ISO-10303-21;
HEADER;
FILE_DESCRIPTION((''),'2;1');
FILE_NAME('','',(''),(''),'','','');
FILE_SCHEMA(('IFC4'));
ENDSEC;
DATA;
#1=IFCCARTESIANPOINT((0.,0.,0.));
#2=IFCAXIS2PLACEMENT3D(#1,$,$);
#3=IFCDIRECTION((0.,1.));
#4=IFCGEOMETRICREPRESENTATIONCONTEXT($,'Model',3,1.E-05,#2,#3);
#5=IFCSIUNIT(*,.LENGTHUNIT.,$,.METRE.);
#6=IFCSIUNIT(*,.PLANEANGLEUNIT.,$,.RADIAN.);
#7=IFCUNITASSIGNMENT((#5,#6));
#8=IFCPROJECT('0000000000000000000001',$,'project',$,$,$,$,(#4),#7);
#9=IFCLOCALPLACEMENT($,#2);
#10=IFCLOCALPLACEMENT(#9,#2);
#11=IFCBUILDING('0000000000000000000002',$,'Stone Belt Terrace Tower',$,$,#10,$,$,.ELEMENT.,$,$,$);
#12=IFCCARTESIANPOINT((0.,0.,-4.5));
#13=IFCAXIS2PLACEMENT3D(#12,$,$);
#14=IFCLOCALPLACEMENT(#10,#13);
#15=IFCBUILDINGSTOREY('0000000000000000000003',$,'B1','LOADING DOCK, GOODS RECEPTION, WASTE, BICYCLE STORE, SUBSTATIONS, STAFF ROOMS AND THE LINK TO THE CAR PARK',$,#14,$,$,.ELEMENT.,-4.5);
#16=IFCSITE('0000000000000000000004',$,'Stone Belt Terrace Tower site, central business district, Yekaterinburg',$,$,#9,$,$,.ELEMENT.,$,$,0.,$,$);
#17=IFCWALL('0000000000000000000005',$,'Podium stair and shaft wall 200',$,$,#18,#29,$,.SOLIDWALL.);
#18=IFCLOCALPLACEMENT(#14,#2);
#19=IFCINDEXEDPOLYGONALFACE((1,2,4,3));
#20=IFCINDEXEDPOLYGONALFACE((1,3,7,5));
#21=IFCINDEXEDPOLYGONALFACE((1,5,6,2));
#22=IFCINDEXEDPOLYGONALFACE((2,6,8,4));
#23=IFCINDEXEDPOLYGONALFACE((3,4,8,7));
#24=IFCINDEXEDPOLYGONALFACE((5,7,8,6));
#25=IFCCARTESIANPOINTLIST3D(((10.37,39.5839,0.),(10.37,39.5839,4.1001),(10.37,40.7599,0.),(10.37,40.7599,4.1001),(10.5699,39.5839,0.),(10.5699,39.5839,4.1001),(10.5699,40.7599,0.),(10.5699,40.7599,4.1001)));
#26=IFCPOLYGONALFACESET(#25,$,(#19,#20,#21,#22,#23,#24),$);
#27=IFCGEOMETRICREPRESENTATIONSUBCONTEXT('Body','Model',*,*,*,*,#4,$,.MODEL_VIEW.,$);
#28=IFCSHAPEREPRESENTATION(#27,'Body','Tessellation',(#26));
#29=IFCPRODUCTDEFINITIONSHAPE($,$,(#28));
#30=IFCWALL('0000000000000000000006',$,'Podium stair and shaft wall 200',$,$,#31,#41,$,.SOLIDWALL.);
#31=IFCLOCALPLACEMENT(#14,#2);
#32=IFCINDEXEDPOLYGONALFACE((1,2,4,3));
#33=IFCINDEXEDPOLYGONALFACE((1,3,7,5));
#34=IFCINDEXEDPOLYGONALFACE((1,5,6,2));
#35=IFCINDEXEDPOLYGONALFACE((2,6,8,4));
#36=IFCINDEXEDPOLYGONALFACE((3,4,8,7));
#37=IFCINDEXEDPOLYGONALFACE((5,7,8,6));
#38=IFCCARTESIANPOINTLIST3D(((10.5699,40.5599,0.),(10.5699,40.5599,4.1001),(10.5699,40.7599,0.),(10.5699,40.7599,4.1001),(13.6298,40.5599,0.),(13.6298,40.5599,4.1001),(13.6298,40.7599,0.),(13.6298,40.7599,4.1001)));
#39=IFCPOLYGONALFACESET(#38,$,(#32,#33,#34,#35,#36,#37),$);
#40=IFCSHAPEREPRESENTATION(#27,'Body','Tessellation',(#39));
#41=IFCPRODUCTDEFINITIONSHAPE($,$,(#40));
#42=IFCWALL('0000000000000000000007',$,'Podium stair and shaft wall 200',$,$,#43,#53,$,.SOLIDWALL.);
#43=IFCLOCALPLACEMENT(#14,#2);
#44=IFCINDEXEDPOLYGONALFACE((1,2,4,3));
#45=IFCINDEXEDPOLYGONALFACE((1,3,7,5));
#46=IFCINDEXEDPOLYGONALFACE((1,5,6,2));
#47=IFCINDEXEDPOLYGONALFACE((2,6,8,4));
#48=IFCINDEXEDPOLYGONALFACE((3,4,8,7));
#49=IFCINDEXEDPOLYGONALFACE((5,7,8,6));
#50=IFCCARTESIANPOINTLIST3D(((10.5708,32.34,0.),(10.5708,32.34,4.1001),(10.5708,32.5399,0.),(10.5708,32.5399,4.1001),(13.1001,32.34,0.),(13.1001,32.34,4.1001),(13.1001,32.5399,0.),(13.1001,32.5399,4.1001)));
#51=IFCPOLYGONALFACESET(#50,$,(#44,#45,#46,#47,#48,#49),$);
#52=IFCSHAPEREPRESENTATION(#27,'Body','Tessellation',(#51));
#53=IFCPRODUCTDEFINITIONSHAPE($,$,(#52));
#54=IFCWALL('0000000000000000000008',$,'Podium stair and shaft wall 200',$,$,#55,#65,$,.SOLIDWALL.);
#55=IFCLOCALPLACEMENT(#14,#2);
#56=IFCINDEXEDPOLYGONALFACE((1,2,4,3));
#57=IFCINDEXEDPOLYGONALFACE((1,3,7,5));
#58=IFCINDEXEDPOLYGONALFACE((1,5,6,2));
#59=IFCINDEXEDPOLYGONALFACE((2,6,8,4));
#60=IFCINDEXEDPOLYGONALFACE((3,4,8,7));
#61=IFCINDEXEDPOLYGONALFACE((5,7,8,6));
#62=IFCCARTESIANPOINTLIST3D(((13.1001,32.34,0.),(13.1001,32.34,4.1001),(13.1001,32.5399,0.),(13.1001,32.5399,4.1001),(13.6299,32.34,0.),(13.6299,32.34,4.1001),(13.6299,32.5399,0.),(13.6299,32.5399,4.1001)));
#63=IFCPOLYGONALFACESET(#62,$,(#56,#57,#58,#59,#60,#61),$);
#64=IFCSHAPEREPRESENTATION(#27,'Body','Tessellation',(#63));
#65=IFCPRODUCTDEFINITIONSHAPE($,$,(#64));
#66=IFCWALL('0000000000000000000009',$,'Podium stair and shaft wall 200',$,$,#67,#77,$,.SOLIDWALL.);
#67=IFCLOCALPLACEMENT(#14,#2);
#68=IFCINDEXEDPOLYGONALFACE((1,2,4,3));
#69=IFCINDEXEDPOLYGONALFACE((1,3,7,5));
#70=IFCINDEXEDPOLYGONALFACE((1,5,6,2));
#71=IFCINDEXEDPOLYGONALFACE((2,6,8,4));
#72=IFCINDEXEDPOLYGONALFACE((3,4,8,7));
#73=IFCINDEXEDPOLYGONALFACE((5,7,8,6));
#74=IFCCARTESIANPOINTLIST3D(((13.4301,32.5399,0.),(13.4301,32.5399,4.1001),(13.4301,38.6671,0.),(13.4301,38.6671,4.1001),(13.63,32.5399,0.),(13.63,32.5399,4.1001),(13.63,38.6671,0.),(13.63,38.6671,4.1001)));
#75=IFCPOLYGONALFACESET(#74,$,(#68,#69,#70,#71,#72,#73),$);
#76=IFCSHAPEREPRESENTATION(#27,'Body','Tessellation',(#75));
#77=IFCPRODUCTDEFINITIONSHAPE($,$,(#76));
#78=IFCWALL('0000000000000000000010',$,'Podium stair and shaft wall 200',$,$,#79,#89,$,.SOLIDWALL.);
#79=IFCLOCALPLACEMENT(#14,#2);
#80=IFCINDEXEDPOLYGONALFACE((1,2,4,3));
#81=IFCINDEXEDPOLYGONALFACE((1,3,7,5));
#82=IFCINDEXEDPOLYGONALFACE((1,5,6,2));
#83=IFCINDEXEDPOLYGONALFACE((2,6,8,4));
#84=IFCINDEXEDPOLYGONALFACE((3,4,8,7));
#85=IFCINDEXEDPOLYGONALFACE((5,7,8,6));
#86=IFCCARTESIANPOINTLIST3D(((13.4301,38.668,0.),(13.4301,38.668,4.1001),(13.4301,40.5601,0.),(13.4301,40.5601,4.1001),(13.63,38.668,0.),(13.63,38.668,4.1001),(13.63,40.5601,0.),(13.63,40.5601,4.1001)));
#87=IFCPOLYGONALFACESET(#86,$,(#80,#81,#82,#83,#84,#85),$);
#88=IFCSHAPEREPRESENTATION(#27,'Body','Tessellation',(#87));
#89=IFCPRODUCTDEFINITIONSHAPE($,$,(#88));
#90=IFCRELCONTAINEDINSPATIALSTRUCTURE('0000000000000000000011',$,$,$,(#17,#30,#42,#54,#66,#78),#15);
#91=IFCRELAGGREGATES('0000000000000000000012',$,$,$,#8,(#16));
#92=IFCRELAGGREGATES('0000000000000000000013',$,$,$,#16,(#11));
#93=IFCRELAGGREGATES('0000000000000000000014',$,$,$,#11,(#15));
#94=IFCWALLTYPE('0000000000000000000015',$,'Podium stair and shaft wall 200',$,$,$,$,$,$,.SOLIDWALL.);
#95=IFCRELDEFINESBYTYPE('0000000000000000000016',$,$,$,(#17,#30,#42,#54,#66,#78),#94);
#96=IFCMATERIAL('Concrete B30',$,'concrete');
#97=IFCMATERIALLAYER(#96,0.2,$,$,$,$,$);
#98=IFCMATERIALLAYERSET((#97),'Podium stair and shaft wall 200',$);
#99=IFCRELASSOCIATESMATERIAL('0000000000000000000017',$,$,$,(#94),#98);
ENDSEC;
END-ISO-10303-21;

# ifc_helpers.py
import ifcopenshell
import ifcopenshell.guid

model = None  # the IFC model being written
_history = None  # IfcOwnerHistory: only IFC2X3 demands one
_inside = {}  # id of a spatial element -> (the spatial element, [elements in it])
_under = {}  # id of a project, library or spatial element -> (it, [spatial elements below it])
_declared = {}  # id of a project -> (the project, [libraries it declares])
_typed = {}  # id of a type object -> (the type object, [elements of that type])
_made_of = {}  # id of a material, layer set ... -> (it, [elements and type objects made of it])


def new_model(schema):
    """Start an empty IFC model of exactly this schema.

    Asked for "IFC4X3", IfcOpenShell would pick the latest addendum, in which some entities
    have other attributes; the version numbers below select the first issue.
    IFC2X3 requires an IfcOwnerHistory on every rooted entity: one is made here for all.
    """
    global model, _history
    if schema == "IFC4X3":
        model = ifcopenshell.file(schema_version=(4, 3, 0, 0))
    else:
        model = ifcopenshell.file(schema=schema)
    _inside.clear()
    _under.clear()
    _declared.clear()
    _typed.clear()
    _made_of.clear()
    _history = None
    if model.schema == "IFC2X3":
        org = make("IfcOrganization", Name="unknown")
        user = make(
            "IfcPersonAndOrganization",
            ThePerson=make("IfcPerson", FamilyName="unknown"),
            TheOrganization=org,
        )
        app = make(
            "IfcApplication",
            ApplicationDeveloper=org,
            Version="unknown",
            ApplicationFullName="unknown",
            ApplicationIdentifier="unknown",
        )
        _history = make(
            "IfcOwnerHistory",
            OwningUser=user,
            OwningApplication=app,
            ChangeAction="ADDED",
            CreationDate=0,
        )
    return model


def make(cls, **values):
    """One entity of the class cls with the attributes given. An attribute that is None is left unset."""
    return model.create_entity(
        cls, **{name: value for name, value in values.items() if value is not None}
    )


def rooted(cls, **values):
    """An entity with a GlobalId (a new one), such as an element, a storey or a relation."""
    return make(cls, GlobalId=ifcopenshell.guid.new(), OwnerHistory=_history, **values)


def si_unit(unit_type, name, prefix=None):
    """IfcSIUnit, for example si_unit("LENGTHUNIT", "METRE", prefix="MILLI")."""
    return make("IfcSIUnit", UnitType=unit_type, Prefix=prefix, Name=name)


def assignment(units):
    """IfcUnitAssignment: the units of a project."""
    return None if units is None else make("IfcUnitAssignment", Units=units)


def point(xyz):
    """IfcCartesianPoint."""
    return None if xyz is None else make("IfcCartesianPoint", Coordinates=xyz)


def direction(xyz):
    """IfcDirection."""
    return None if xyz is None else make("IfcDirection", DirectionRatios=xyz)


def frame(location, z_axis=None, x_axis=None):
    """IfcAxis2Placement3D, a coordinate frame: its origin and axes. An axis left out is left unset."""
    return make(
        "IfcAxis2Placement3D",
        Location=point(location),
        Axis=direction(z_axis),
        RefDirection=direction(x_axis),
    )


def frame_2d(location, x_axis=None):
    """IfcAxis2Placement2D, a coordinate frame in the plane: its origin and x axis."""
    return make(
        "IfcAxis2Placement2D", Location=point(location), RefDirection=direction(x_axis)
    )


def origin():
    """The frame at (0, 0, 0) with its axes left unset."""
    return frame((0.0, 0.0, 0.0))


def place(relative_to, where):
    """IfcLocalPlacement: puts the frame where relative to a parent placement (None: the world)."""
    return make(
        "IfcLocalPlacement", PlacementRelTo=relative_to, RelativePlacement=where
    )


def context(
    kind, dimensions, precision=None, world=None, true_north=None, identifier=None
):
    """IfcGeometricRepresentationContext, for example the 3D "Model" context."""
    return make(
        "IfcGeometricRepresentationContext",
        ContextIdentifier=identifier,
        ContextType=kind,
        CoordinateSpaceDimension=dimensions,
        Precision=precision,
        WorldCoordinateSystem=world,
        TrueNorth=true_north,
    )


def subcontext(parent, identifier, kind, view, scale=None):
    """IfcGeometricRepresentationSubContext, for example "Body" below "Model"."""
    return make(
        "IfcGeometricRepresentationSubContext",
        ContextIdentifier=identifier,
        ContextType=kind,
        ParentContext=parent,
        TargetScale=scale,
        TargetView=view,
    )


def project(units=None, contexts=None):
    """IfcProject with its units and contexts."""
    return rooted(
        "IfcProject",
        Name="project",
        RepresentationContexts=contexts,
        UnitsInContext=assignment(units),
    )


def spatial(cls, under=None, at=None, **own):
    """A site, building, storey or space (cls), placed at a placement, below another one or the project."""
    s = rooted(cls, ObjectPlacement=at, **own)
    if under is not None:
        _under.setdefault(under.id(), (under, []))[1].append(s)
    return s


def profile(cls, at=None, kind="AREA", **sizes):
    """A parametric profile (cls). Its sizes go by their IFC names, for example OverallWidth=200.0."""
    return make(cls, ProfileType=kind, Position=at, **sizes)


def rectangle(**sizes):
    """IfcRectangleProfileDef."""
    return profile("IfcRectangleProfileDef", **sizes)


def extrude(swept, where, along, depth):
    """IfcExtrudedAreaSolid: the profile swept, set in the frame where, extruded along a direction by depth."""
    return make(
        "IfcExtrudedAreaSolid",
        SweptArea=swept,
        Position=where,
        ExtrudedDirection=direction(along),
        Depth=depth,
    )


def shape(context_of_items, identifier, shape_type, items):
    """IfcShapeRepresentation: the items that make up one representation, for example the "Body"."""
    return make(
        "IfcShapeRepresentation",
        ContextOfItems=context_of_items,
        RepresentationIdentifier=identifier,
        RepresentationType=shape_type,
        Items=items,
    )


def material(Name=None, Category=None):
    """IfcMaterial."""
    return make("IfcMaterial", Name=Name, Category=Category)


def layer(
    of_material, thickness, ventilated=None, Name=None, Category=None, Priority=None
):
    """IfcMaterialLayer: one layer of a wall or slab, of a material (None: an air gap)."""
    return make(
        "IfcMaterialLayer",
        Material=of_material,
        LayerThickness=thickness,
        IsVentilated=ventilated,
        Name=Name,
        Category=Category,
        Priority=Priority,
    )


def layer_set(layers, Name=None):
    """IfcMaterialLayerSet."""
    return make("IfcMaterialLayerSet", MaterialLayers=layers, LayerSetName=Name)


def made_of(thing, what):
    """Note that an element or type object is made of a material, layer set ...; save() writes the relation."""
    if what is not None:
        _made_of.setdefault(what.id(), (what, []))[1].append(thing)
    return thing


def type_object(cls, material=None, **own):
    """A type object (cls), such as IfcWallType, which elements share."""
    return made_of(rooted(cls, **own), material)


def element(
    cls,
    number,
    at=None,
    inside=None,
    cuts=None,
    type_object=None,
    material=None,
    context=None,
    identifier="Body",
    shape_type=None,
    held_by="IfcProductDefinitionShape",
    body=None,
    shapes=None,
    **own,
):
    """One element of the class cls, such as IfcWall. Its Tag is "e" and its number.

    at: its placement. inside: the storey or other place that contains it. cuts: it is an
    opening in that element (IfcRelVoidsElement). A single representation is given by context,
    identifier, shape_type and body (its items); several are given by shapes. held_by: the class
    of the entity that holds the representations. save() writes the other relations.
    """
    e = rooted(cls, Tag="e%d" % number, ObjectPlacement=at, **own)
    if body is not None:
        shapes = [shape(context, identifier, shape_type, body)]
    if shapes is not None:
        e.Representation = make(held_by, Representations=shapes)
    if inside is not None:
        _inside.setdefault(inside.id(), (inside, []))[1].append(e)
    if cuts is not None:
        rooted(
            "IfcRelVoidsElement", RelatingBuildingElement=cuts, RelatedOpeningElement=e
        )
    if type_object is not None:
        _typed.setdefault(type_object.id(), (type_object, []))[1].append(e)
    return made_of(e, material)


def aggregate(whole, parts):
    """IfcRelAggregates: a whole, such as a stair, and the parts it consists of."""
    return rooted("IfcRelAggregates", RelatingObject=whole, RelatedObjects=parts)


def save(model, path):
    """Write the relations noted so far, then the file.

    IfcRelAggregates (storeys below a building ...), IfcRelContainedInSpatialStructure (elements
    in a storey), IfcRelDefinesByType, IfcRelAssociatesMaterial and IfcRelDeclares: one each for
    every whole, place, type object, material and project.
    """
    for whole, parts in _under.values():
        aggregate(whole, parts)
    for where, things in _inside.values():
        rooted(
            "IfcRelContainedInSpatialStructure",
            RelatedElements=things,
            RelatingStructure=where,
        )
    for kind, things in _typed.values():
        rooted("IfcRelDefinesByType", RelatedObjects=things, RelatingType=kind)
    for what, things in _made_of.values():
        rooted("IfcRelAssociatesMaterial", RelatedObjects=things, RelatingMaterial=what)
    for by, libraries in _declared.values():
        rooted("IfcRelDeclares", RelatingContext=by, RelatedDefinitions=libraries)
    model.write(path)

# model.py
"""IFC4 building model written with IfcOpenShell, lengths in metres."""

from ifc_helpers import new_model, si_unit, direction, frame, frame_2d, origin, place, context, subcontext, project, spatial, rectangle, extrude, material, layer, layer_set, type_object, element, save


model = new_model("IFC4")

# Units and contexts
model_context = context("Model", 3, precision=1e-05, world=origin(), true_north=direction((0.0, 1.0)))
body_context = subcontext(model_context, "Body", "Model", "MODEL_VIEW")
ifc_project = project(units=[si_unit("LENGTHUNIT", "METRE"), si_unit("PLANEANGLEUNIT", "RADIAN")], contexts=[model_context])

# Site, building, storey
site_placement = place(None, origin())
site = spatial("IfcSite", under=ifc_project, at=site_placement, Name="Stone Belt Terrace Tower site, central business district, Yekaterinburg", CompositionType="ELEMENT", RefElevation=0.0)
building_placement = place(site_placement, origin())
building = spatial("IfcBuilding", under=site, at=building_placement, Name="Stone Belt Terrace Tower", CompositionType="ELEMENT")
storey_placement = place(building_placement, frame((0.0, 0.0, -4.5)))
storey = spatial("IfcBuildingStorey", under=building, at=storey_placement, Name="B1", Description="LOADING DOCK, GOODS RECEPTION, WASTE, BICYCLE STORE, SUBSTATIONS, STAFF ROOMS AND THE LINK TO THE CAR PARK", CompositionType="ELEMENT", Elevation=-4.5)

# Shared definitions
ifc_material_1 = material(Name="Concrete B30", Category="concrete")

# Walls
ifc_layer_1 = layer(ifc_material_1, 0.2)
ifc_layer_set_1 = layer_set([ifc_layer_1], Name="Podium stair and shaft wall 200")
wall_type_1 = type_object("IfcWallType", Name="Podium stair and shaft wall 200", PredefinedType="SOLIDWALL", material=ifc_layer_set_1)
wall_1_placement = place(storey_placement, frame((10.47, 39.584, 0.0), z_axis=(0.0, 0.0, 1.0), x_axis=(0.0, 1.0, 0.0)))
element("IfcWall", 1, at=wall_1_placement, inside=storey, type_object=wall_type_1, Name="Podium stair and shaft wall 200", PredefinedType="SOLIDWALL", context=body_context, shape_type="SweptSolid", body=[
    extrude(rectangle(XDim=1.176, YDim=0.2, at=frame_2d((0.5879, 0.0))), origin(), (0.0, 0.0, 1.0), 4.1001),
])
wall_2_placement = place(storey_placement, frame((10.5701, 40.6599, 0.0), z_axis=(0.0, 0.0, 1.0), x_axis=(1.0, 0.0, 0.0)))
element("IfcWall", 2, at=wall_2_placement, inside=storey, type_object=wall_type_1, Name="Podium stair and shaft wall 200", PredefinedType="SOLIDWALL", context=body_context, shape_type="SweptSolid", body=[
    extrude(rectangle(XDim=3.0598, YDim=0.2, at=frame_2d((1.5298, 0.0))), origin(), (0.0, 0.0, 1.0), 4.1001),
])
wall_3_placement = place(storey_placement, frame((10.5708, 32.4399, 0.0), z_axis=(0.0, 0.0, 1.0), x_axis=(1.0, 0.0, 0.0)))
element("IfcWall", 3, at=wall_3_placement, inside=storey, type_object=wall_type_1, Name="Podium stair and shaft wall 200", PredefinedType="SOLIDWALL", context=body_context, shape_type="SweptSolid", body=[
    extrude(rectangle(XDim=2.5293, YDim=0.2, at=frame_2d((1.2646, 0.0))), origin(), (0.0, 0.0, 1.0), 4.1001),
])
wall_4_placement = place(storey_placement, frame((13.1001, 32.4399, 0.0), z_axis=(0.0, 0.0, 1.0), x_axis=(1.0, 0.0, 0.0)))
element("IfcWall", 4, at=wall_4_placement, inside=storey, type_object=wall_type_1, Name="Podium stair and shaft wall 200", PredefinedType="SOLIDWALL", context=body_context, shape_type="SweptSolid", body=[
    extrude(rectangle(XDim=0.5298, YDim=0.2, at=frame_2d((0.2649, 0.0))), origin(), (0.0, 0.0, 1.0), 4.1001),
])
wall_5_placement = place(storey_placement, frame((13.53, 32.54, 0.0), z_axis=(0.0, 0.0, 1.0), x_axis=(0.0, 1.0, 0.0)))
element("IfcWall", 5, at=wall_5_placement, inside=storey, type_object=wall_type_1, Name="Podium stair and shaft wall 200", PredefinedType="SOLIDWALL", context=body_context, shape_type="SweptSolid", body=[
    extrude(rectangle(XDim=6.1272, YDim=0.2, at=frame_2d((3.0635, 0.0))), origin(), (0.0, 0.0, 1.0), 4.1001),
])
wall_6_placement = place(storey_placement, frame((13.53, 38.668, 0.0), z_axis=(0.0, 0.0, 1.0), x_axis=(0.0, 1.0, 0.0)))
element("IfcWall", 6, at=wall_6_placement, inside=storey, type_object=wall_type_1, Name="Podium stair and shaft wall 200", PredefinedType="SOLIDWALL", context=body_context, shape_type="SweptSolid", body=[
    extrude(rectangle(XDim=1.8921, YDim=0.2, at=frame_2d((0.946, 0.0))), origin(), (0.0, 0.0, 1.0), 4.1001),
])

save(model, "model.ifc")
